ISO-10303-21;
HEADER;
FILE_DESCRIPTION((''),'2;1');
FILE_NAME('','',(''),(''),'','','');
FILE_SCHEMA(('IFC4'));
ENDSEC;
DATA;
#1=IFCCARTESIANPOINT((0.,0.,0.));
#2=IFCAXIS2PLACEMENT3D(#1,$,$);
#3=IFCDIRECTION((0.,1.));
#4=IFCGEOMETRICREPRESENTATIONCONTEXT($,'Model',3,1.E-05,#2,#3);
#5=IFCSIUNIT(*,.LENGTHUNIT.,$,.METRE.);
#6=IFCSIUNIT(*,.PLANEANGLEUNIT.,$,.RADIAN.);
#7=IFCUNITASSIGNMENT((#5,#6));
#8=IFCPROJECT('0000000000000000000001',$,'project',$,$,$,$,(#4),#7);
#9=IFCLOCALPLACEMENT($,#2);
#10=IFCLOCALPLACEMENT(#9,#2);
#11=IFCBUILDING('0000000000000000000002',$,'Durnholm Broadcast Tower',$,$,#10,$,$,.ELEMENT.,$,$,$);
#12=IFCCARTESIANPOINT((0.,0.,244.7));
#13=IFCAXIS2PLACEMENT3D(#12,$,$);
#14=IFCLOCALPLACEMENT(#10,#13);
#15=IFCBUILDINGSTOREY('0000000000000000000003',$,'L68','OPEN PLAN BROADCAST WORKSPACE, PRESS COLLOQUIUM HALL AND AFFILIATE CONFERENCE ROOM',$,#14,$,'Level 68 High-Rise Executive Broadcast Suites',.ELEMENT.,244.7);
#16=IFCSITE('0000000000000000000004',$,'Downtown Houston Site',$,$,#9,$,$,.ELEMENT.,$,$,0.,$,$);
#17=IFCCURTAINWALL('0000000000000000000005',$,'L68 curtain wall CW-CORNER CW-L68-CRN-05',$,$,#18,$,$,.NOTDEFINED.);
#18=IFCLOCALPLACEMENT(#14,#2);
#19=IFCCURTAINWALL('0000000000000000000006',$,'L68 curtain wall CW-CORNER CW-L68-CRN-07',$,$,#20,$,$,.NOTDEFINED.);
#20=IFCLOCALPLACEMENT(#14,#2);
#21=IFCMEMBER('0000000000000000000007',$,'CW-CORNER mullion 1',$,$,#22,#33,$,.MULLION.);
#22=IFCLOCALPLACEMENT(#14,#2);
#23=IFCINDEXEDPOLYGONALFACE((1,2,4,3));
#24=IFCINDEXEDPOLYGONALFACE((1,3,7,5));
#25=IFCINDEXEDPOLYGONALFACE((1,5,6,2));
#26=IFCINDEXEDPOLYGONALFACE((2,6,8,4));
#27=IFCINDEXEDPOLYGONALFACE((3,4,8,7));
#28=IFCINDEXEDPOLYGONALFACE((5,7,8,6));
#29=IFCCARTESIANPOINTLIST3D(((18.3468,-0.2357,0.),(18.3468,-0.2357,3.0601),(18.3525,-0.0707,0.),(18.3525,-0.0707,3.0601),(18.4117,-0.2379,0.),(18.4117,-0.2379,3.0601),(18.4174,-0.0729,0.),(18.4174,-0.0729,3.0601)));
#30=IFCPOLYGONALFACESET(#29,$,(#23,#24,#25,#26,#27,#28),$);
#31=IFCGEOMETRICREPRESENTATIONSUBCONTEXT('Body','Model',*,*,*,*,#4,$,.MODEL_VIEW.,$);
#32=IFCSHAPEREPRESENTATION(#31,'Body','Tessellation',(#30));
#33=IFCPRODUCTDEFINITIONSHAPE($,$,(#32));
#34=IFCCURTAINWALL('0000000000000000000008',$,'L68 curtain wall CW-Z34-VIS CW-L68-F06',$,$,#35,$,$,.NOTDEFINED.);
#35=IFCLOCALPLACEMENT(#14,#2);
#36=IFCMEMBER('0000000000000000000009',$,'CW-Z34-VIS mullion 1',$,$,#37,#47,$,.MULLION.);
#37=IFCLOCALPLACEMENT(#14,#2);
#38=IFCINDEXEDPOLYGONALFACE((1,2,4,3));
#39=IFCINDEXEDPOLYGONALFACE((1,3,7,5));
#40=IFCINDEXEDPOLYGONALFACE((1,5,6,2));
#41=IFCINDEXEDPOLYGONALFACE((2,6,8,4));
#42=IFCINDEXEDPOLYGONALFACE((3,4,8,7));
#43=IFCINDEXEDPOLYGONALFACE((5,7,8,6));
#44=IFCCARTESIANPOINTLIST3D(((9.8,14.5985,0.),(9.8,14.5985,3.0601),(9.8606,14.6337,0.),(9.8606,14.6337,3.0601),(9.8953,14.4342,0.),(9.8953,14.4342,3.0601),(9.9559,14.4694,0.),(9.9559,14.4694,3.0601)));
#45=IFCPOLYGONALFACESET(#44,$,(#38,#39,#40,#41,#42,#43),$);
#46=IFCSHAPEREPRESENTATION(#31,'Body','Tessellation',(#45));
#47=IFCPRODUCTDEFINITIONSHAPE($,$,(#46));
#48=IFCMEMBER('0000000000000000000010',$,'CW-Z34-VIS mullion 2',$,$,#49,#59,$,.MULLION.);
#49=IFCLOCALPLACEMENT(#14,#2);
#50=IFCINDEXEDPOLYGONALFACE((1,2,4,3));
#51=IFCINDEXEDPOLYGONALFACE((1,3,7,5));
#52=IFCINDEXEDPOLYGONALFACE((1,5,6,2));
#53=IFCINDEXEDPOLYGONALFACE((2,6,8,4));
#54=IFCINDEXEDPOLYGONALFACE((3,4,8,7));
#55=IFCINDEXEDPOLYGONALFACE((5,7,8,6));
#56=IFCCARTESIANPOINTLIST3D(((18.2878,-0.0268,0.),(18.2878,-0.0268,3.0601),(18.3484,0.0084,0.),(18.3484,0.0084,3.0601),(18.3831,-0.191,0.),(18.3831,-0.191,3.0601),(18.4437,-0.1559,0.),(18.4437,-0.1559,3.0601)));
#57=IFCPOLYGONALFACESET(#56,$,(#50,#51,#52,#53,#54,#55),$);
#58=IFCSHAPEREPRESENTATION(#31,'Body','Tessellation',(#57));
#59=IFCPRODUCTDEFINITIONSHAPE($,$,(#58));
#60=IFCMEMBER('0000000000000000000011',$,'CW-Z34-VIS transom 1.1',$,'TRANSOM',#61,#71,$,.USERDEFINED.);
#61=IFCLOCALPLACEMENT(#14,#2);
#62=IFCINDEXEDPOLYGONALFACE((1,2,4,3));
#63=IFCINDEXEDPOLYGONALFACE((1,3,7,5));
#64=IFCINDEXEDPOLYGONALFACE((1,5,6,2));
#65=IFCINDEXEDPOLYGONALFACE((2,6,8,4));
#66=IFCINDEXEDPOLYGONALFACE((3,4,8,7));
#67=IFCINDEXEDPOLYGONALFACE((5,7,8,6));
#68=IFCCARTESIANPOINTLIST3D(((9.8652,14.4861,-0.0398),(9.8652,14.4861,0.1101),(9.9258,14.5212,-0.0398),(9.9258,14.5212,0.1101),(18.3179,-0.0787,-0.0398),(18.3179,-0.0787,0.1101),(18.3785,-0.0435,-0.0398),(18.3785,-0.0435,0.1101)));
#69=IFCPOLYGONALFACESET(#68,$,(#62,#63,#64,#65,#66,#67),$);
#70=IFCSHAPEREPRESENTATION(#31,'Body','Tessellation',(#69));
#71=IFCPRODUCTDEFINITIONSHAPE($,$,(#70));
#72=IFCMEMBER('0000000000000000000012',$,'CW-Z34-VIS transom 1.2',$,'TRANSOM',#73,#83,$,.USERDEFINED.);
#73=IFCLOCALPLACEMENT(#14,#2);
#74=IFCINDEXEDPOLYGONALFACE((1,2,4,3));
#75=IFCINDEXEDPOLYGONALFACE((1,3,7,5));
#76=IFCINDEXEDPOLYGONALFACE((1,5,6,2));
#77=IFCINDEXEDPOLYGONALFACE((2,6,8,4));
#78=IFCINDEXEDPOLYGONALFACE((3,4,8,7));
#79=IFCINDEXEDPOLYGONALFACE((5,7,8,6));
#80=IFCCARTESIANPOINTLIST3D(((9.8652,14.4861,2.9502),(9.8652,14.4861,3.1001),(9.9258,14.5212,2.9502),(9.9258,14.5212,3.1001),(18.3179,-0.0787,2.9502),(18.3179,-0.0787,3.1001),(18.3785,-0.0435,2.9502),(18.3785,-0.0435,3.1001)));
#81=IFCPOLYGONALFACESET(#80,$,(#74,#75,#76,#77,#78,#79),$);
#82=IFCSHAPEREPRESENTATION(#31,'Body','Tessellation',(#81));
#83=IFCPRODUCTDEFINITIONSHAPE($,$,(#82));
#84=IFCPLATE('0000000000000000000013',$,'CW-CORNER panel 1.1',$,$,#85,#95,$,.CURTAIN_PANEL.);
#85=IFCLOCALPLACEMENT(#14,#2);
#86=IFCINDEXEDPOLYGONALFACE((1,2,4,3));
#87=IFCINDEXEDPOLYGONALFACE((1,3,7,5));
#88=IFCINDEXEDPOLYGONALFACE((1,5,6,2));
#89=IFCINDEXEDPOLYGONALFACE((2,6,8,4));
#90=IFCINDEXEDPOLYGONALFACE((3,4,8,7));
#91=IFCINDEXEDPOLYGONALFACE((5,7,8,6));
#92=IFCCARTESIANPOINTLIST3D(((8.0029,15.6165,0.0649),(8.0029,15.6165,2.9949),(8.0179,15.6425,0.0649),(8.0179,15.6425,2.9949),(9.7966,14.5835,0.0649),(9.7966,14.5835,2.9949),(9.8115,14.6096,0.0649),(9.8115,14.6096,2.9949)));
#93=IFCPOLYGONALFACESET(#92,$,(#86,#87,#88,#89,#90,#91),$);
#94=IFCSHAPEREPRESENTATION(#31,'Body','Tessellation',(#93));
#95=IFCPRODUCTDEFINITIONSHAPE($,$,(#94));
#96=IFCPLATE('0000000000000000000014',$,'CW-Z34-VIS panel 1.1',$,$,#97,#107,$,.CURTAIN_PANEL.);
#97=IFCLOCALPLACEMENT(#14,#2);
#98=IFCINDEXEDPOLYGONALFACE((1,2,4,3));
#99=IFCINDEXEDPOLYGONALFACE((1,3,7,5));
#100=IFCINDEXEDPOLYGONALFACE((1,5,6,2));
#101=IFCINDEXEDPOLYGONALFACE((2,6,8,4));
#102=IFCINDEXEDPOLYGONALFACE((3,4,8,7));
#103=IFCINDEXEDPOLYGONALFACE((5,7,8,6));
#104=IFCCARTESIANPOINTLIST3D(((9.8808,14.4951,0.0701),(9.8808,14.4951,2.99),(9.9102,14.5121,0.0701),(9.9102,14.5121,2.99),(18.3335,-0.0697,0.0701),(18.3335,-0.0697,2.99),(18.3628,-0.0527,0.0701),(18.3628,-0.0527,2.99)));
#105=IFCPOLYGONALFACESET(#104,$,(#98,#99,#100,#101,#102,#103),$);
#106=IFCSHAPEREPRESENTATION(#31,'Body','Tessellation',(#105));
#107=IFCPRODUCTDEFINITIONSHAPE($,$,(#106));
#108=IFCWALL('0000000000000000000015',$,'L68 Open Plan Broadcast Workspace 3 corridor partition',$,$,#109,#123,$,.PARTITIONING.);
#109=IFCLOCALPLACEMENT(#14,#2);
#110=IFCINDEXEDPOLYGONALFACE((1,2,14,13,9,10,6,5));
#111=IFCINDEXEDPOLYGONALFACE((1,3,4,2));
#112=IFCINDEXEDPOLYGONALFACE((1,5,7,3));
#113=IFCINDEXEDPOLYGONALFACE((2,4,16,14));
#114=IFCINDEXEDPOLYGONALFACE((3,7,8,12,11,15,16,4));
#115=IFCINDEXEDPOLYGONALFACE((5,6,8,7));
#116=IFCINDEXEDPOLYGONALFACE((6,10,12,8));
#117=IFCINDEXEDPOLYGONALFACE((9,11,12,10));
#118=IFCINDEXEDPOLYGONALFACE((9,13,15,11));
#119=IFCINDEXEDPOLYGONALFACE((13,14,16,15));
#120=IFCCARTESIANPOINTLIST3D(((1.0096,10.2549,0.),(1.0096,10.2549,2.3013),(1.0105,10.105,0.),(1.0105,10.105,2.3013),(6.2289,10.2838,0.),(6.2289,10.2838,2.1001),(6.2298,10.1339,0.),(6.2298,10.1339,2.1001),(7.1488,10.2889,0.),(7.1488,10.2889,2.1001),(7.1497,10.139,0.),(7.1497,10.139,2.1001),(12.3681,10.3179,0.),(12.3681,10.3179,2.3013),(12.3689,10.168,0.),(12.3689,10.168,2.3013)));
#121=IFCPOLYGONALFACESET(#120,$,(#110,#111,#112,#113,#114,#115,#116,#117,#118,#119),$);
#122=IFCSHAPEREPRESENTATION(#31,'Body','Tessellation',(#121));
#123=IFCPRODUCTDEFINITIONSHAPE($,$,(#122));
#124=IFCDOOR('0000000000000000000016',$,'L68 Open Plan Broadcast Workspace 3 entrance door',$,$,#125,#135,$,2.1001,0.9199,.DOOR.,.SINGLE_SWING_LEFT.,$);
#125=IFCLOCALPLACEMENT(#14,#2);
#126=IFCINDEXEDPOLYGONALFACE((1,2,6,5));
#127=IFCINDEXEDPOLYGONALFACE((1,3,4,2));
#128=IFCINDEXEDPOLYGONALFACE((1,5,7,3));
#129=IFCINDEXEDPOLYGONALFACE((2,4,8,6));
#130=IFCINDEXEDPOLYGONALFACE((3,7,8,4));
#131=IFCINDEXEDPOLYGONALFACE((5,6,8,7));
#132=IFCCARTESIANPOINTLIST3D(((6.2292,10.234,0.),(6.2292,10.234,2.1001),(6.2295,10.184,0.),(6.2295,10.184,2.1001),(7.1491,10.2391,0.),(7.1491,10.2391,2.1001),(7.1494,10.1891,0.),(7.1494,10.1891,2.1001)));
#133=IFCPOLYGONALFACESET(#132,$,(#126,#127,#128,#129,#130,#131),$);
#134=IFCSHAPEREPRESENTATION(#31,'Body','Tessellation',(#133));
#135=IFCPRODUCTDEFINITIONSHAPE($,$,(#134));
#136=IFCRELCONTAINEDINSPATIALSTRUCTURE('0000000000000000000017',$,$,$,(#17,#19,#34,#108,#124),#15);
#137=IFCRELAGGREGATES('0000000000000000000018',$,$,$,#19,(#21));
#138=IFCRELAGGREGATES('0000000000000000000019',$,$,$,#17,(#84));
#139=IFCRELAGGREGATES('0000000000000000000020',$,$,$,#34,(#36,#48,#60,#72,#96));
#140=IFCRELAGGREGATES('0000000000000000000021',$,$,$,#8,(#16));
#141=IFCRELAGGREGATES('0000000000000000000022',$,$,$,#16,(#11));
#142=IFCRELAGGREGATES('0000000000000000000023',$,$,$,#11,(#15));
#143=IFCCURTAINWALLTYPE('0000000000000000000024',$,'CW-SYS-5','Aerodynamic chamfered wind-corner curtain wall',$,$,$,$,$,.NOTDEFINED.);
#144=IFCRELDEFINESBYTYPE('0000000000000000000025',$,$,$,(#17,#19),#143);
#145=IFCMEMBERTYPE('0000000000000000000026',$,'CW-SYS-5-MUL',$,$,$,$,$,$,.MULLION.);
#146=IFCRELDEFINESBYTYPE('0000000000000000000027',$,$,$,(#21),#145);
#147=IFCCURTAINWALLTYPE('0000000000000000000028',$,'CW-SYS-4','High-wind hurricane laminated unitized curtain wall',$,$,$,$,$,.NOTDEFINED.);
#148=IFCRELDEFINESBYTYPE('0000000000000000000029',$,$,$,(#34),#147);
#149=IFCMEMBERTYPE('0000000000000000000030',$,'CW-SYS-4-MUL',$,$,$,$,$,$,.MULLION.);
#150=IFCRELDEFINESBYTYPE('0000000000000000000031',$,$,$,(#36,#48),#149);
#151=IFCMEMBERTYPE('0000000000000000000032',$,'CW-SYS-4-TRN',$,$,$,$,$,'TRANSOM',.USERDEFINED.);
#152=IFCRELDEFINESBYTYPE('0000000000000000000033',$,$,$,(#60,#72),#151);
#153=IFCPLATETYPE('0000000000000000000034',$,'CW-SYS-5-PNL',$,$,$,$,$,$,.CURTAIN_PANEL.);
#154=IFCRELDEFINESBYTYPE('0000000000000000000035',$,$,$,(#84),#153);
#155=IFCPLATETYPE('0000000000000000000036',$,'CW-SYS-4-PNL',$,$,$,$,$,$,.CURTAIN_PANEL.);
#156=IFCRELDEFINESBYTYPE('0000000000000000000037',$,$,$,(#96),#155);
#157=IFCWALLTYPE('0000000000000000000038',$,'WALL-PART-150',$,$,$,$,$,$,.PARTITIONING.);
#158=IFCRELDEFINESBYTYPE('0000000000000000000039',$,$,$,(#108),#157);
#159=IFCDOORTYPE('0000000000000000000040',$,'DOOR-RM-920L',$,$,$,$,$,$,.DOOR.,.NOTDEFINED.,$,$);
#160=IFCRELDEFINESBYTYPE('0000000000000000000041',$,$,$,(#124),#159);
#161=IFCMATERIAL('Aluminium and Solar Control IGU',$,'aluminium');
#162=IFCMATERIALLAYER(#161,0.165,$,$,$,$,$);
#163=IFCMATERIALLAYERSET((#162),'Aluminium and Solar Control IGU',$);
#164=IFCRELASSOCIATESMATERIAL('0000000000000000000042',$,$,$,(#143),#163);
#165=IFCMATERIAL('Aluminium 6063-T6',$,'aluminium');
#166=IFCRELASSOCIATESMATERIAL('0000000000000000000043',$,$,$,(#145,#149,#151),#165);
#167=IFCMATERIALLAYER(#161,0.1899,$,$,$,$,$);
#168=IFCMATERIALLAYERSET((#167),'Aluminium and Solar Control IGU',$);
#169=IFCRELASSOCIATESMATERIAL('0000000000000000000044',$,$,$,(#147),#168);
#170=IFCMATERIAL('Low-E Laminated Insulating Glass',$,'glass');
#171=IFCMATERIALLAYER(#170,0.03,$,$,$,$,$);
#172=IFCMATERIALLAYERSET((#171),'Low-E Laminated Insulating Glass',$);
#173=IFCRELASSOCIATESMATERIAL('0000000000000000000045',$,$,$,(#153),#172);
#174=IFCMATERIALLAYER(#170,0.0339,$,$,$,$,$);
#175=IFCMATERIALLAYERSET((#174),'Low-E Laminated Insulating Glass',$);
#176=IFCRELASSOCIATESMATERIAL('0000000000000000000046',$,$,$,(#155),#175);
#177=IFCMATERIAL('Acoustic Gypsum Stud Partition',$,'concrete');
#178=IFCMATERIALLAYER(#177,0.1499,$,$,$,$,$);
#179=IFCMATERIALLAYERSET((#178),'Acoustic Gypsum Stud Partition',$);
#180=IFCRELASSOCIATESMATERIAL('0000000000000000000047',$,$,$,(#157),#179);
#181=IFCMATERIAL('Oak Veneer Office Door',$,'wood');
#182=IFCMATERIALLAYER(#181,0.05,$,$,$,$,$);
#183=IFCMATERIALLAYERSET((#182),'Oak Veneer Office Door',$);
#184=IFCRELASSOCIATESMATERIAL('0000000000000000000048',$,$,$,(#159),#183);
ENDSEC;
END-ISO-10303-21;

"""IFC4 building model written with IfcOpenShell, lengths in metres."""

from ifc_helpers import new_model, si_unit, direction, frame, frame_2d, origin, origin_2d, place, context, subcontext, project, spatial, rectangle, extrude, source, transform, mapped, material, layer, layer_set, material_profile, profile_set, type_object, type_shapes, element, fill, aggregate, save


model = new_model("IFC4")

# Units and contexts
model_context = context("Model", 3, precision=1e-05, world=origin(), true_north=direction((0.0, 1.0)))
body_context = subcontext(model_context, "Body", "Model", "MODEL_VIEW")
ifc_project = project(units=[si_unit("LENGTHUNIT", "METRE"), si_unit("PLANEANGLEUNIT", "RADIAN")], contexts=[model_context])

# Site, building, storey
site_placement = place(None, origin())
site = spatial("IfcSite", under=ifc_project, at=site_placement, Name="Downtown Houston Site", CompositionType="ELEMENT", RefElevation=0.0)
building_placement = place(site_placement, origin())
building = spatial("IfcBuilding", under=site, at=building_placement, Name="Durnholm Broadcast Tower", CompositionType="ELEMENT")
storey_placement = place(building_placement, frame((0.0, 0.0, 244.7)))
storey = spatial("IfcBuildingStorey", under=building, at=storey_placement, Name="L68", Description="OPEN PLAN BROADCAST WORKSPACE, PRESS COLLOQUIUM HALL AND AFFILIATE CONFERENCE ROOM", LongName="Level 68 High-Rise Executive Broadcast Suites", CompositionType="ELEMENT", Elevation=244.7)

# Curtain walls
ifc_material_1 = material(Name="Aluminium and Solar Control IGU", Category="aluminium")
ifc_layer_1 = layer(ifc_material_1, 0.165)
ifc_layer_set_1 = layer_set([ifc_layer_1], Name="Aluminium and Solar Control IGU")
curtain_wall_type_1 = type_object("IfcCurtainWallType", Name="CW-SYS-5", Description="Aerodynamic chamfered wind-corner curtain wall", PredefinedType="NOTDEFINED", material=ifc_layer_set_1)
curtain_wall_1_placement = place(storey_placement, origin())
curtain_wall_1 = element("IfcCurtainWall", 1, at=curtain_wall_1_placement, inside=storey, type_object=curtain_wall_type_1, Name="L68 curtain wall CW-CORNER CW-L68-CRN-05", PredefinedType="NOTDEFINED")
ifc_material_2 = material(Name="Aluminium 6063-T6", Category="aluminium")
curtain_wall_2_placement = place(storey_placement, origin())
curtain_wall_2 = element("IfcCurtainWall", 2, at=curtain_wall_2_placement, inside=storey, type_object=curtain_wall_type_1, Name="L68 curtain wall CW-CORNER CW-L68-CRN-07", PredefinedType="NOTDEFINED")

# Member
ifc_material_profile_1 = material_profile(ifc_material_2, rectangle(XDim=0.0649, YDim=0.165, at=origin_2d()), Name="CWM65X165")
ifc_profile_set_1 = profile_set([ifc_material_profile_1], Name="Aluminium 6063-T6")
member_type_1 = type_object("IfcMemberType", Name="CW-SYS-5-MUL", PredefinedType="MULLION", material=ifc_profile_set_1)
shared_shape_1 = source(origin(), body_context, "Body", "SweptSolid", [
    extrude(rectangle(XDim=0.0649, YDim=0.165, at=origin_2d()), origin(), (0.0, 0.0, 1.0), 3.0601),
])
type_shapes(member_type_1, [shared_shape_1])
member_1_placement = place(storey_placement, frame((18.3821, -0.1543, 0.0), z_axis=(0.0, 0.0, 1.0), x_axis=(0.999411, -0.034318, 0.0)))
member_1 = element("IfcMember", 3, at=member_1_placement, type_object=member_type_1, Name="CW-CORNER mullion 1", PredefinedType="MULLION", context=body_context, shape_type="MappedRepresentation", body=[
    mapped(shared_shape_1, transform((0.0, 0.0, 0.0), x_axis=(1.0, 0.0, 0.0), y_axis=(0.0, 1.0, 0.0), z_axis=(0.0, 0.0, 1.0), scale=1.0)),
])
aggregate(curtain_wall_2, [member_1])

# Curtain wall, members
ifc_layer_2 = layer(ifc_material_1, 0.1899)
ifc_layer_set_2 = layer_set([ifc_layer_2], Name="Aluminium and Solar Control IGU")
curtain_wall_type_2 = type_object("IfcCurtainWallType", Name="CW-SYS-4", Description="High-wind hurricane laminated unitized curtain wall", PredefinedType="NOTDEFINED", material=ifc_layer_set_2)
curtain_wall_3_placement = place(storey_placement, origin())
curtain_wall_3 = element("IfcCurtainWall", 4, at=curtain_wall_3_placement, inside=storey, type_object=curtain_wall_type_2, Name="L68 curtain wall CW-Z34-VIS CW-L68-F06", PredefinedType="NOTDEFINED")
ifc_material_profile_2 = material_profile(ifc_material_2, rectangle(XDim=0.0701, YDim=0.1899, at=origin_2d()), Name="CWM70X190")
ifc_profile_set_2 = profile_set([ifc_material_profile_2], Name="Aluminium 6063-T6")
member_type_2 = type_object("IfcMemberType", Name="CW-SYS-4-MUL", PredefinedType="MULLION", material=ifc_profile_set_2)
shared_shape_2 = source(origin(), body_context, "Body", "SweptSolid", [
    extrude(rectangle(XDim=0.0701, YDim=0.1899, at=origin_2d()), origin(), (0.0, 0.0, 1.0), 3.0601),
])
type_shapes(member_type_2, [shared_shape_2])
member_2_placement = place(storey_placement, frame((9.8779, 14.5339, 0.0), z_axis=(0.0, 0.0, 1.0), x_axis=(0.8649, 0.501944, 0.0)))
member_2 = element("IfcMember", 5, at=member_2_placement, type_object=member_type_2, Name="CW-Z34-VIS mullion 1", PredefinedType="MULLION", context=body_context, shape_type="MappedRepresentation", body=[
    mapped(shared_shape_2, transform((0.0, 0.0, 0.0), x_axis=(1.0, 0.0, 0.0), y_axis=(0.0, 1.0, 0.0), z_axis=(0.0, 0.0, 1.0), scale=1.0)),
])
member_3_placement = place(storey_placement, frame((18.3657, -0.0913, 0.0), z_axis=(0.0, 0.0, 1.0), x_axis=(0.8649, 0.501944, 0.0)))
member_3 = element("IfcMember", 6, at=member_3_placement, type_object=member_type_2, Name="CW-Z34-VIS mullion 2", PredefinedType="MULLION", context=body_context, shape_type="MappedRepresentation", body=[
    mapped(shared_shape_2, transform((0.0, 0.0, 0.0), x_axis=(1.0, 0.0, 0.0), y_axis=(0.0, 1.0, 0.0), z_axis=(0.0, 0.0, 1.0), scale=1.0)),
])
ifc_material_profile_3 = material_profile(ifc_material_2, rectangle(XDim=0.0701, YDim=0.1499, at=origin_2d()), Name="CWT70X150")
ifc_profile_set_3 = profile_set([ifc_material_profile_3], Name="Aluminium 6063-T6")
member_type_3 = type_object("IfcMemberType", Name="CW-SYS-4-TRN", ElementType="TRANSOM", PredefinedType="USERDEFINED", material=ifc_profile_set_3)
shared_shape_3 = source(origin(), body_context, "Body", "SweptSolid", [
    extrude(rectangle(XDim=0.0701, YDim=0.1499, at=origin_2d()), origin(), (0.0, 0.0, 1.0), 16.8398),
])
type_shapes(member_type_3, [shared_shape_3])
member_4_placement = place(storey_placement, frame((9.8955, 14.5037, 0.0352), z_axis=(0.501945, -0.864899, 0.0), x_axis=(0.864899, 0.501945, 0.0)))
member_4 = element("IfcMember", 7, at=member_4_placement, type_object=member_type_3, Name="CW-Z34-VIS transom 1.1", ObjectType="TRANSOM", PredefinedType="USERDEFINED", context=body_context, shape_type="MappedRepresentation", body=[
    mapped(shared_shape_3, transform((0.0, 0.0, 0.0), x_axis=(1.0, 0.0, 0.0), y_axis=(0.0, 1.0, 0.0), z_axis=(0.0, 0.0, 1.0), scale=1.0)),
])
member_5_placement = place(storey_placement, frame((9.8955, 14.5037, 3.0251), z_axis=(0.501945, -0.864899, 0.0), x_axis=(0.864899, 0.501945, 0.0)))
member_5 = element("IfcMember", 8, at=member_5_placement, type_object=member_type_3, Name="CW-Z34-VIS transom 1.2", ObjectType="TRANSOM", PredefinedType="USERDEFINED", context=body_context, shape_type="MappedRepresentation", body=[
    mapped(shared_shape_3, transform((0.0, 0.0, 0.0), x_axis=(1.0, 0.0, 0.0), y_axis=(0.0, 1.0, 0.0), z_axis=(0.0, 0.0, 1.0), scale=1.0)),
])

# Plates
ifc_material_3 = material(Name="Low-E Laminated Insulating Glass", Category="glass")
ifc_layer_3 = layer(ifc_material_3, 0.03)
ifc_layer_set_3 = layer_set([ifc_layer_3], Name="Low-E Laminated Insulating Glass")
plate_type_1 = type_object("IfcPlateType", Name="CW-SYS-5-PNL", PredefinedType="CURTAIN_PANEL", material=ifc_layer_set_3)
shared_shape_4 = source(origin(), body_context, "Body", "SweptSolid", [
    extrude(rectangle(XDim=2.0698, YDim=0.03, at=origin_2d()), origin(), (0.0, 0.0, 1.0), 2.9299),
])
type_shapes(plate_type_1, [shared_shape_4])
plate_1_placement = place(storey_placement, frame((8.9072, 15.113, 0.0649), z_axis=(0.0, 0.0, 1.0), x_axis=(0.866568, -0.499059, 0.0)))
plate_1 = element("IfcPlate", 9, at=plate_1_placement, type_object=plate_type_1, Name="CW-CORNER panel 1.1", PredefinedType="CURTAIN_PANEL", context=body_context, shape_type="MappedRepresentation", body=[
    mapped(shared_shape_4, transform((0.0, 0.0, 0.0), x_axis=(1.0, 0.0, 0.0), y_axis=(0.0, 1.0, 0.0), z_axis=(0.0, 0.0, 1.0), scale=1.0)),
])
aggregate(curtain_wall_1, [plate_1])
ifc_layer_4 = layer(ifc_material_3, 0.0339)
ifc_layer_set_4 = layer_set([ifc_layer_4], Name="Low-E Laminated Insulating Glass")
plate_type_2 = type_object("IfcPlateType", Name="CW-SYS-4-PNL", PredefinedType="CURTAIN_PANEL", material=ifc_layer_set_4)
shared_shape_5 = source(origin(), body_context, "Body", "SweptSolid", [
    extrude(rectangle(XDim=16.8398, YDim=0.0339, at=origin_2d()), origin(), (0.0, 0.0, 1.0), 2.9199),
])
type_shapes(plate_type_2, [shared_shape_5])
plate_2_placement = place(storey_placement, frame((14.1218, 7.2212, 0.0701), z_axis=(0.0, 0.0, 1.0), x_axis=(0.501944, -0.8649, 0.0)))
plate_2 = element("IfcPlate", 10, at=plate_2_placement, type_object=plate_type_2, Name="CW-Z34-VIS panel 1.1", PredefinedType="CURTAIN_PANEL", context=body_context, shape_type="MappedRepresentation", body=[
    mapped(shared_shape_5, transform((0.0, 0.0, 0.0), x_axis=(1.0, 0.0, 0.0), y_axis=(0.0, 1.0, 0.0), z_axis=(0.0, 0.0, 1.0), scale=1.0)),
])
aggregate(curtain_wall_3, [member_2, member_3, member_4, member_5, plate_2])

# Wall, opening, door
ifc_material_4 = material(Name="Acoustic Gypsum Stud Partition", Category="concrete")
ifc_layer_5 = layer(ifc_material_4, 0.1499)
ifc_layer_set_5 = layer_set([ifc_layer_5], Name="Acoustic Gypsum Stud Partition")
wall_type_1 = type_object("IfcWallType", Name="WALL-PART-150", PredefinedType="PARTITIONING", material=ifc_layer_set_5)
wall_1_placement = place(storey_placement, frame((12.3684, 10.2429, 0.0), z_axis=(0.0, 0.0, 1.0), x_axis=(-0.999985, -0.005545, 0.0)))
wall_1 = element("IfcWall", 11, at=wall_1_placement, inside=storey, type_object=wall_type_1, Name="L68 Open Plan Broadcast Workspace 3 corridor partition", PredefinedType="PARTITIONING", context=body_context, shape_type="SweptSolid", body=[
    extrude(rectangle(XDim=11.3586, YDim=0.1499, at=frame_2d((5.6792, 0.0))), origin(), (0.0, 0.0, 1.0), 2.3013),
])
opening_1_placement = place(wall_1_placement, frame((5.2192, 0.0, 0.0)))
opening_1 = element("IfcOpeningElement", 12, at=opening_1_placement, cuts=wall_1, PredefinedType="OPENING", context=body_context, shape_type="SweptSolid", body=[
    extrude(rectangle(XDim=0.9199, YDim=2.1001, at=frame_2d((0.46, 1.05))), frame((0.0, 0.085, 0.0), z_axis=(0.0, -1.0, 0.0), x_axis=(1.0, 0.0, 0.0)), (0.0, 0.0, 1.0), 0.1699),
])
ifc_material_5 = material(Name="Oak Veneer Office Door", Category="wood")
ifc_layer_6 = layer(ifc_material_5, 0.05)
ifc_layer_set_6 = layer_set([ifc_layer_6], Name="Oak Veneer Office Door")
door_type_1 = type_object("IfcDoorType", Name="DOOR-RM-920L", OperationType="NOTDEFINED", PredefinedType="DOOR", material=ifc_layer_set_6)
shared_shape_6 = source(origin(), body_context, "Body", "SweptSolid", [
    extrude(rectangle(XDim=0.9199, YDim=2.1001, at=frame_2d((0.46, 1.05))), frame((0.0, 0.0249, 0.0), z_axis=(0.0, -1.0, 0.0), x_axis=(1.0, 0.0, 0.0)), (0.0, 0.0, 1.0), 0.05),
])
type_shapes(door_type_1, [shared_shape_6])
door_1_placement = place(opening_1_placement, origin())
door_1 = element("IfcDoor", 13, at=door_1_placement, inside=storey, type_object=door_type_1, Name="L68 Open Plan Broadcast Workspace 3 entrance door", OperationType="SINGLE_SWING_LEFT", OverallHeight=2.1001, OverallWidth=0.9199, PredefinedType="DOOR", context=body_context, shape_type="MappedRepresentation", body=[
    mapped(shared_shape_6, transform((0.0, 0.0, 0.0), x_axis=(1.0, 0.0, 0.0), y_axis=(0.0, 1.0, 0.0), z_axis=(0.0, 0.0, 1.0), scale=1.0)),
])
fill(opening_1, door_1)

save(model, "model.ifc")
